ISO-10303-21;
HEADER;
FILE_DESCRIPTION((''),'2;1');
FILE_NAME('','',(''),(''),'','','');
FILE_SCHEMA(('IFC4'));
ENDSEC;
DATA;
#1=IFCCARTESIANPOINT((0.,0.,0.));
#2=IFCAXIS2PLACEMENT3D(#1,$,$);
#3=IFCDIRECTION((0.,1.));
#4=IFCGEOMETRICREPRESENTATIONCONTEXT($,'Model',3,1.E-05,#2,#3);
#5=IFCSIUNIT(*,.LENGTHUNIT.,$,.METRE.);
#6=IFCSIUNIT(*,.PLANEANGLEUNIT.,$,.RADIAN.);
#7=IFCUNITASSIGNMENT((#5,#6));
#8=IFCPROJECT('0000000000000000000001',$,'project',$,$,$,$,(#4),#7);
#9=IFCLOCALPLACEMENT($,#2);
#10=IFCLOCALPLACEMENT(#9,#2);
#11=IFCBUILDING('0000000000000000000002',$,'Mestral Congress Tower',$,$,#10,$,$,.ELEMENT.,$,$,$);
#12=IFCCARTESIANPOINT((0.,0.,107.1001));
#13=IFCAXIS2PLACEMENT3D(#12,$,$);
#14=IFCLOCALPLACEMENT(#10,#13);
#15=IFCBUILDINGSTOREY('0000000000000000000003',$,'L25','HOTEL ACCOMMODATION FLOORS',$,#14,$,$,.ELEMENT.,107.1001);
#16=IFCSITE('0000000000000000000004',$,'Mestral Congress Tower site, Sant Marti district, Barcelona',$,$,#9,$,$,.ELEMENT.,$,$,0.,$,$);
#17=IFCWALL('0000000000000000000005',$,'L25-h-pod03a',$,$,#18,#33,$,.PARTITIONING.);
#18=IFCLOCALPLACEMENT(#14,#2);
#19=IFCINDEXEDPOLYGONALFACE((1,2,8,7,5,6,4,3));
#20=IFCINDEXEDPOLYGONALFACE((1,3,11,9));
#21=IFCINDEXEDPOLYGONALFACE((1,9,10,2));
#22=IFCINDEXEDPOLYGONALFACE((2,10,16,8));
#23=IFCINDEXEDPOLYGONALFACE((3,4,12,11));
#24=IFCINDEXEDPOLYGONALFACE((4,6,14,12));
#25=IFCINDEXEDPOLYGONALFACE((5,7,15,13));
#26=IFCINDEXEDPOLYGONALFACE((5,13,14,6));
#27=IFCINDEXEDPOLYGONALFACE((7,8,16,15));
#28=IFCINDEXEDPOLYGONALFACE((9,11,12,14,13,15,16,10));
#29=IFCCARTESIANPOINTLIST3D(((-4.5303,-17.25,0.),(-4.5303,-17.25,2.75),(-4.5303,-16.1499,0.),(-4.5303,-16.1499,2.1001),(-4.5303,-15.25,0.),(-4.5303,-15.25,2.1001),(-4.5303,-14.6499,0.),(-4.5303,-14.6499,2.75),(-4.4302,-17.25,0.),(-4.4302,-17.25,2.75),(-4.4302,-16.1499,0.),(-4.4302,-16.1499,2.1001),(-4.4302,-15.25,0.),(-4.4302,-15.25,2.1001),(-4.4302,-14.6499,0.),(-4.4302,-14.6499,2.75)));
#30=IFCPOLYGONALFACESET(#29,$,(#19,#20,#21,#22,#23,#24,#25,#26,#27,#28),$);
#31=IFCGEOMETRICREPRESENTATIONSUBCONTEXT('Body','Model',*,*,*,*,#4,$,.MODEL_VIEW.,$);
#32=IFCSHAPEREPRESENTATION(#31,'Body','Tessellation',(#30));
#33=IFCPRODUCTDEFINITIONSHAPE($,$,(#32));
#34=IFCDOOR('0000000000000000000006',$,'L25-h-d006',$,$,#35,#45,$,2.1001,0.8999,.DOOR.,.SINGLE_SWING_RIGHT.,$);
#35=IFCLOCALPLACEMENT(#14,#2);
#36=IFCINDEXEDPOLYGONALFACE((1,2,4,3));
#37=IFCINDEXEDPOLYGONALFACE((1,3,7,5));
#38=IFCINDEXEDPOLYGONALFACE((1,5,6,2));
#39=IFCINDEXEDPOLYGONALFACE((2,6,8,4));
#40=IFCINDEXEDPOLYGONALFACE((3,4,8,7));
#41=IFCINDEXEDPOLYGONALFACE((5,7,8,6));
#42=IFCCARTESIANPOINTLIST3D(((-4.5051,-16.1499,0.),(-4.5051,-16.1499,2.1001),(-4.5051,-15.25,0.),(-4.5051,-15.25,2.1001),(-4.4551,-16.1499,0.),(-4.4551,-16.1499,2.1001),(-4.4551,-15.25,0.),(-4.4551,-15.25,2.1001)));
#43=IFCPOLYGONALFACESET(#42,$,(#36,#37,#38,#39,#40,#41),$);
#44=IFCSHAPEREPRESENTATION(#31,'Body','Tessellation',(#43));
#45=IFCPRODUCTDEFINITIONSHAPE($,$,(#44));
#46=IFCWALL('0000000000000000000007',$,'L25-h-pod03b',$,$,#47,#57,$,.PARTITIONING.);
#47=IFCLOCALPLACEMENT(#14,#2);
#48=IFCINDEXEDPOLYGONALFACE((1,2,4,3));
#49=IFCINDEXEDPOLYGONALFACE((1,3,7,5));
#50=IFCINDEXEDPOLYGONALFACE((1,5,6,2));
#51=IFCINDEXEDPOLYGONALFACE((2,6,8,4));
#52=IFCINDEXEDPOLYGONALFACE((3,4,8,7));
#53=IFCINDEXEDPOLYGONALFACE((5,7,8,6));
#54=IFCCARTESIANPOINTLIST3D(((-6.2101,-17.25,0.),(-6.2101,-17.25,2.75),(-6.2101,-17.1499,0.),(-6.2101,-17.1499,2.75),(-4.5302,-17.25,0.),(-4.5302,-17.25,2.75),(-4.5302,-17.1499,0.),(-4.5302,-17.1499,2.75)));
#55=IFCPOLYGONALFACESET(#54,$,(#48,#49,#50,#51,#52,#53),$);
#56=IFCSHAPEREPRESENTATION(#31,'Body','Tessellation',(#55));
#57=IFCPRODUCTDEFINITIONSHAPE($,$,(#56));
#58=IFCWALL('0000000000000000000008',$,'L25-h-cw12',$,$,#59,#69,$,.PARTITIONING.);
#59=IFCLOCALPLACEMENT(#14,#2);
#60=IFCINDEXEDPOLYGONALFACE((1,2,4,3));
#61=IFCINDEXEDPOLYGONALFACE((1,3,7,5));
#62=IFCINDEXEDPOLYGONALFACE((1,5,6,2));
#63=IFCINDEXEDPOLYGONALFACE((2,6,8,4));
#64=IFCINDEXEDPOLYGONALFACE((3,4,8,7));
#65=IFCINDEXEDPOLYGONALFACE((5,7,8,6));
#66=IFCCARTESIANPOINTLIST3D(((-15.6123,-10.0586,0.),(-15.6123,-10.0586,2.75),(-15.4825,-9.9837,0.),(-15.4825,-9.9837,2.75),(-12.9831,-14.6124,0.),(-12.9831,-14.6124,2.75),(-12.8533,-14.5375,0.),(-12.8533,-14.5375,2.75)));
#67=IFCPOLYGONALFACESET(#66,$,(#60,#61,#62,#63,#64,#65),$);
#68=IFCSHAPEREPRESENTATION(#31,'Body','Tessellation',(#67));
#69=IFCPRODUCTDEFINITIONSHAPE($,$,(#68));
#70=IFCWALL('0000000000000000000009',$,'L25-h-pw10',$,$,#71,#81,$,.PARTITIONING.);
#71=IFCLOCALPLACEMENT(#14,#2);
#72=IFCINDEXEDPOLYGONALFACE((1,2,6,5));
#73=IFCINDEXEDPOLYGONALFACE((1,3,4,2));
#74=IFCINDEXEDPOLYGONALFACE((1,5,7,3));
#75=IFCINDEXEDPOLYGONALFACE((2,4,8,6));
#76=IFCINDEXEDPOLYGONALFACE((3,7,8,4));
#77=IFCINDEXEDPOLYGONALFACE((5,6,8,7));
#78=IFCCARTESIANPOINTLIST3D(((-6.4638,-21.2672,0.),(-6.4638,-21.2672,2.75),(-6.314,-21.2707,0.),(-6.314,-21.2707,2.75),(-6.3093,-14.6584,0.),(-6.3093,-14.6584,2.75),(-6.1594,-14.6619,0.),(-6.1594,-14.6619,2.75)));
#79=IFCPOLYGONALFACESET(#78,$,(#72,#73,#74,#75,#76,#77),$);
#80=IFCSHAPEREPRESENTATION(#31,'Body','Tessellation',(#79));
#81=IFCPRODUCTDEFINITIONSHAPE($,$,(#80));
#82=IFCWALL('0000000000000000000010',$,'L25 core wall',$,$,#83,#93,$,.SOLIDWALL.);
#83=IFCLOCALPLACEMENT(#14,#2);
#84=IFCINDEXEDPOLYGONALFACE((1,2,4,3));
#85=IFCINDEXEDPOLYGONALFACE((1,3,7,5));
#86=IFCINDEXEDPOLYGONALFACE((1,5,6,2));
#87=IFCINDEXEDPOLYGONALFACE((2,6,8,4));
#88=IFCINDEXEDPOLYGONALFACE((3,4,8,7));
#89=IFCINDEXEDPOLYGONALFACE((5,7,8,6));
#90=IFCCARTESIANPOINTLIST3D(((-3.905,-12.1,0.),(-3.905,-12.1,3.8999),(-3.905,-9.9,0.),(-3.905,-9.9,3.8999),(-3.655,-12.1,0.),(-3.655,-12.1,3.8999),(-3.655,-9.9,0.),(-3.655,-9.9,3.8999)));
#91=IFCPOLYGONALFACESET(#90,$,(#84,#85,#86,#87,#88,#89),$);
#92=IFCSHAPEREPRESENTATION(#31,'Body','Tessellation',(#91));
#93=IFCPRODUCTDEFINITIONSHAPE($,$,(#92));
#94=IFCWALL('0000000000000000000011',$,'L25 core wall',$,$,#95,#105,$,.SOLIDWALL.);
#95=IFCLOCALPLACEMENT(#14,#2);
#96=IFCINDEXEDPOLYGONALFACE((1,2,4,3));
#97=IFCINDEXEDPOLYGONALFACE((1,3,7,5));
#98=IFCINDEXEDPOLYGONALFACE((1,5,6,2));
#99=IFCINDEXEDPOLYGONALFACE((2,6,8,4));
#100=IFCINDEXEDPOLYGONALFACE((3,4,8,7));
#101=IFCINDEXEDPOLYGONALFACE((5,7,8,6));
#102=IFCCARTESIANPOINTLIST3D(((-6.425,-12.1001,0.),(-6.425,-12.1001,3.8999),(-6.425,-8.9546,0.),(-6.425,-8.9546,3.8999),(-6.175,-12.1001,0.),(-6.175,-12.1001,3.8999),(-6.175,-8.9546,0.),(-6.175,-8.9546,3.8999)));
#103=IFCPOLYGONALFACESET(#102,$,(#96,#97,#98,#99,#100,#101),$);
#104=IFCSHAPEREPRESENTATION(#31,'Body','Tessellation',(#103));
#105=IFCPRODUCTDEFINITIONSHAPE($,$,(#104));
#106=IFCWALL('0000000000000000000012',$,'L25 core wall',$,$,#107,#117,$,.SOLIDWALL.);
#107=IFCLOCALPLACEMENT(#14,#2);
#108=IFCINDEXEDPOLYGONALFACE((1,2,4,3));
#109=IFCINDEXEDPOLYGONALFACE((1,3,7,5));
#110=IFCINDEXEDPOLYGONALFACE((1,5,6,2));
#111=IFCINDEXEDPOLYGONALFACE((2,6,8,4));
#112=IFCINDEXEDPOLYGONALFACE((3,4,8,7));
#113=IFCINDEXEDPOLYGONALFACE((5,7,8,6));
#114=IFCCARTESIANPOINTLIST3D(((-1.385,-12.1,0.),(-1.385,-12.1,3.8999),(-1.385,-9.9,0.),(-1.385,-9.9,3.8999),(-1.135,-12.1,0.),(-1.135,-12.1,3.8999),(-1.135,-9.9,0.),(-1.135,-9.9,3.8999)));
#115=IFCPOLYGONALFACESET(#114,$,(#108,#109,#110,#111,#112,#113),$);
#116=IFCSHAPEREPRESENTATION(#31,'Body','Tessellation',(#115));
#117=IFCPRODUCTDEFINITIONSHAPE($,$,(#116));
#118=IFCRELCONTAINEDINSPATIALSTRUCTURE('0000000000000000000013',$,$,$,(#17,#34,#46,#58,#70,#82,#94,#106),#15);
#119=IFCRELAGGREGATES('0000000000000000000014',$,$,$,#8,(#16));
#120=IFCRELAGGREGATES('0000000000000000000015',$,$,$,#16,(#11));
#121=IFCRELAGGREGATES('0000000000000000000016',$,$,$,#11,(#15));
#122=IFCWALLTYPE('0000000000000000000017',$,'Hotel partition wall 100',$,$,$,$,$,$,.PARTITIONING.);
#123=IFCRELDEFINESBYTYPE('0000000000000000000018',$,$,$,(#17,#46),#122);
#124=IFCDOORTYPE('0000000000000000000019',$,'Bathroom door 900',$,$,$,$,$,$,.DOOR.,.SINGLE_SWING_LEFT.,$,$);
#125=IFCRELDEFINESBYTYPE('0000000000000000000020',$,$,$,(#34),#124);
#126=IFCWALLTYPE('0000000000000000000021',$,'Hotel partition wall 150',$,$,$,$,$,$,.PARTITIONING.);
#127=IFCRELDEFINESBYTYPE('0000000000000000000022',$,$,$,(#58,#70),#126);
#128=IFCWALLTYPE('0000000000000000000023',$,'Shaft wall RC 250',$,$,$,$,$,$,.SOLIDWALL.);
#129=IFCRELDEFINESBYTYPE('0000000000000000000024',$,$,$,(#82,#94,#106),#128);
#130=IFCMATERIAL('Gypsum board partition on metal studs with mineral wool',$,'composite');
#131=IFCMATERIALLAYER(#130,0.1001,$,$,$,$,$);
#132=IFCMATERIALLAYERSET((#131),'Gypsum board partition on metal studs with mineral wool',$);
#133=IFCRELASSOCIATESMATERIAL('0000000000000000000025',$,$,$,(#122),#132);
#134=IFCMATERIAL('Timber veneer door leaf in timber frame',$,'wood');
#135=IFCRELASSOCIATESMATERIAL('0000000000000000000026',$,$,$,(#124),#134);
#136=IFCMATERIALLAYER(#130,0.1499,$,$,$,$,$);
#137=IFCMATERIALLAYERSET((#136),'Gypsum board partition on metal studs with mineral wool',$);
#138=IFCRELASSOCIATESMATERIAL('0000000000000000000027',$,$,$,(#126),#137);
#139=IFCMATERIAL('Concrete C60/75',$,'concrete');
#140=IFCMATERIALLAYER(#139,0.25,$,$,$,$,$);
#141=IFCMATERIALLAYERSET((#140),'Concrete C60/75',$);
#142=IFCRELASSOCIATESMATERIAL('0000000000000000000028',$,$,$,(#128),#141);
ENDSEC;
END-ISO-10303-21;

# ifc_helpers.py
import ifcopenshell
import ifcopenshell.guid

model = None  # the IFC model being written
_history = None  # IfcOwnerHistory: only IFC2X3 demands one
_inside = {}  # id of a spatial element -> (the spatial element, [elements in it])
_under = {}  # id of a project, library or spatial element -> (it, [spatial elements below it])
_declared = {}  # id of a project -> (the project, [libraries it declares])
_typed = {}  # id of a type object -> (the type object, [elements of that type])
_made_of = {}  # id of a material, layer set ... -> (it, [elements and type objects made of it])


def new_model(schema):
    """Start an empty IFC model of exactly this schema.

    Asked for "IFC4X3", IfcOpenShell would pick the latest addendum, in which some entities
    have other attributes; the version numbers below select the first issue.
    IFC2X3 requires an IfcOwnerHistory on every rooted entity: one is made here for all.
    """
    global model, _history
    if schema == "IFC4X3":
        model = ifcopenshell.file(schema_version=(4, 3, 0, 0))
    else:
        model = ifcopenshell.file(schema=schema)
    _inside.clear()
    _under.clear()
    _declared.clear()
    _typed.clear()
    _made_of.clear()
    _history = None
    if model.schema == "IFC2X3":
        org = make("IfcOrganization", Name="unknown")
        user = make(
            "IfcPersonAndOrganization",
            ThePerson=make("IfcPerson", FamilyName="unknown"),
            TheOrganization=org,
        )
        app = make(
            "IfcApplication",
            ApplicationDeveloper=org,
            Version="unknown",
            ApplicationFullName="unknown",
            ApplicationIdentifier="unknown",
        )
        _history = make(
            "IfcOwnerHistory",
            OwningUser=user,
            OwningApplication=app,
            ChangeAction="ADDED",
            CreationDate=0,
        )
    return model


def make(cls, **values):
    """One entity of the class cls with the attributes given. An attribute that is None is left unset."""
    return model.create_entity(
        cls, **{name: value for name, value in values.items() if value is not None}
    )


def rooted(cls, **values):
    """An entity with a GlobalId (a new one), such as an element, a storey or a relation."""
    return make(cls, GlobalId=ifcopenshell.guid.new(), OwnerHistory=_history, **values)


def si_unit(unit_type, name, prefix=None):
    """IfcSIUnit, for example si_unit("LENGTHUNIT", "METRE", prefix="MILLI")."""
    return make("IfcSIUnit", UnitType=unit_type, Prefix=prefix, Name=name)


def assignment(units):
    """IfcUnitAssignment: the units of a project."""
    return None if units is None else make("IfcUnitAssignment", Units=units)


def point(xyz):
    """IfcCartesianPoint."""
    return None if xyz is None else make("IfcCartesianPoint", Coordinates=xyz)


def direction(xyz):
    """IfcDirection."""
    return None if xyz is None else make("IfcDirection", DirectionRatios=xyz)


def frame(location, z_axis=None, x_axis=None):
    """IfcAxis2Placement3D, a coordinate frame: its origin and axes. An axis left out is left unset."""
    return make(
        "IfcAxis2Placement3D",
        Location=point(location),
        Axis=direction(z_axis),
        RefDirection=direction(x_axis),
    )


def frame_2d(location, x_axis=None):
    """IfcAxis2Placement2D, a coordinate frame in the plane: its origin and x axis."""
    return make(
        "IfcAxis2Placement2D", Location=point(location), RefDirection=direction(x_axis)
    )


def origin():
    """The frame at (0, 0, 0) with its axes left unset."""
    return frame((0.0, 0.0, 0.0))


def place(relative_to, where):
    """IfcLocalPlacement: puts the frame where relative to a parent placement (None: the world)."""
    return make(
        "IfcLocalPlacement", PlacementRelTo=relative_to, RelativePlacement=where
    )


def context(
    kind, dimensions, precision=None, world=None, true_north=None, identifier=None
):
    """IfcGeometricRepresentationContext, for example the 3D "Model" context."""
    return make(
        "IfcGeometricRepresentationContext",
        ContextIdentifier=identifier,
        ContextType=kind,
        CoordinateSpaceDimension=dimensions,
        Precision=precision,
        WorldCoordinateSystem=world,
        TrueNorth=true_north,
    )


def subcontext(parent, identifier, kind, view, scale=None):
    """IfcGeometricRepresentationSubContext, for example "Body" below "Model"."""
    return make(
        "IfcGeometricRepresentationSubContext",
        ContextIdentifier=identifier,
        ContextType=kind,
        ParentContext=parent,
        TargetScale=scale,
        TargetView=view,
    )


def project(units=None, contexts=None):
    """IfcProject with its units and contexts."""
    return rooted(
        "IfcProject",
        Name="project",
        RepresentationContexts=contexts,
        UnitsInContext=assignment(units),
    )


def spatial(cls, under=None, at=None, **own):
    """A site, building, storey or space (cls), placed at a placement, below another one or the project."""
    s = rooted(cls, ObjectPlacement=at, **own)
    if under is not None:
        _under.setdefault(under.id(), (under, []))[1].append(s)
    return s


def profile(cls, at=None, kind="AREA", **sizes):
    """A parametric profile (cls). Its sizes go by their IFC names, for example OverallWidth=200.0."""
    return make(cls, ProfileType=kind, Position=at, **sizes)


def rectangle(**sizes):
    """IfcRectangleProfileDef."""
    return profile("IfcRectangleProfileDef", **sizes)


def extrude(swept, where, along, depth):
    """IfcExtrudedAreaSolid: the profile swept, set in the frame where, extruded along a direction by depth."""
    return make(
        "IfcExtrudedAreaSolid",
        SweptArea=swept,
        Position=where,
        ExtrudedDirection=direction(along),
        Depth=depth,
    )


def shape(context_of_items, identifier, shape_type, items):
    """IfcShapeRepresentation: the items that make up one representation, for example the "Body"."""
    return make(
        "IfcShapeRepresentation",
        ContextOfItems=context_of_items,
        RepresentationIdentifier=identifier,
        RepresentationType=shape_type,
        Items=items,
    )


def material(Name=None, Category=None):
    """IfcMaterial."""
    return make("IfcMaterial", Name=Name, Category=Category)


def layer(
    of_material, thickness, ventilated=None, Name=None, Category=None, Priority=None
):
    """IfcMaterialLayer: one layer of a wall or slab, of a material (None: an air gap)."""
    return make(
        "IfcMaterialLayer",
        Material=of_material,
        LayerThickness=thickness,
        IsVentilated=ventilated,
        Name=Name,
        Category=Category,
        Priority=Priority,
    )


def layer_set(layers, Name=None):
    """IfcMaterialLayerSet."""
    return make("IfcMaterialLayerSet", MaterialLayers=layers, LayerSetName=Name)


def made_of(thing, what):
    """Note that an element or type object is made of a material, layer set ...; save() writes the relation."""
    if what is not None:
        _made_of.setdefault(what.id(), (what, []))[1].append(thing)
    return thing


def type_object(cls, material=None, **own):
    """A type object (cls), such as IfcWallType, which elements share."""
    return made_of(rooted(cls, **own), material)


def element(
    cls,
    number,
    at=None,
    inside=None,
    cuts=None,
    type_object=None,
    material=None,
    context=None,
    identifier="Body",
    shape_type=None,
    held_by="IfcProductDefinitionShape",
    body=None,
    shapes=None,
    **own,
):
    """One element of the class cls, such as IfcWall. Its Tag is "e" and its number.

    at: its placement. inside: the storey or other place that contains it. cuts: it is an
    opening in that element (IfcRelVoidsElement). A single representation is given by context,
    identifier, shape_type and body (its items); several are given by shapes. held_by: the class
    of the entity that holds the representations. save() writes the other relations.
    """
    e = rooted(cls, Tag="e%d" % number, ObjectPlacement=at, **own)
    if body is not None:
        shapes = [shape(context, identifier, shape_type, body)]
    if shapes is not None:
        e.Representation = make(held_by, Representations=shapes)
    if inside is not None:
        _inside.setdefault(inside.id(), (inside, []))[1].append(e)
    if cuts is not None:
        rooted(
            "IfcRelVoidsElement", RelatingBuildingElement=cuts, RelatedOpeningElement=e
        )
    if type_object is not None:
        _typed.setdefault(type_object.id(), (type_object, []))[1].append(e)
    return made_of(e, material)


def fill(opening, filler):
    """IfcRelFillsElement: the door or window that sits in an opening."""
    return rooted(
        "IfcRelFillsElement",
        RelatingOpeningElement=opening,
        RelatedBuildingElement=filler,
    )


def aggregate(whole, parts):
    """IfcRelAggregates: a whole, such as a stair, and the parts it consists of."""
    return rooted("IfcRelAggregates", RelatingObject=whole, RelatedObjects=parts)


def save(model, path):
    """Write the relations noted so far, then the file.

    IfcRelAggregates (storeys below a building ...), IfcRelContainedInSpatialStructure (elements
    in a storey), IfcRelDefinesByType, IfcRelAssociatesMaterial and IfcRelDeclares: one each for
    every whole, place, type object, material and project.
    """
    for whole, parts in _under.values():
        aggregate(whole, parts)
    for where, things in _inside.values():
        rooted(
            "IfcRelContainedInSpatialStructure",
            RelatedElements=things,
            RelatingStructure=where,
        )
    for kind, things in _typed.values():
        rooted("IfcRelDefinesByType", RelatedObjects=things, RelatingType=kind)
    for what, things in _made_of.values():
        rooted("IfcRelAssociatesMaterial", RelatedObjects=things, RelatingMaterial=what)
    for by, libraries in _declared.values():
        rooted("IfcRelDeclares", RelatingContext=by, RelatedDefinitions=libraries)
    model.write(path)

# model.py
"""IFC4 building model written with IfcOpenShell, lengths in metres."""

from ifc_helpers import new_model, si_unit, direction, frame, frame_2d, origin, place, context, subcontext, project, spatial, rectangle, extrude, material, layer, layer_set, type_object, element, fill, save


model = new_model("IFC4")

# Units and contexts
model_context = context("Model", 3, precision=1e-05, world=origin(), true_north=direction((0.0, 1.0)))
body_context = subcontext(model_context, "Body", "Model", "MODEL_VIEW")
ifc_project = project(units=[si_unit("LENGTHUNIT", "METRE"), si_unit("PLANEANGLEUNIT", "RADIAN")], contexts=[model_context])

# Site, building, storey
site_placement = place(None, origin())
site = spatial("IfcSite", under=ifc_project, at=site_placement, Name="Mestral Congress Tower site, Sant Marti district, Barcelona", CompositionType="ELEMENT", RefElevation=0.0)
building_placement = place(site_placement, origin())
building = spatial("IfcBuilding", under=site, at=building_placement, Name="Mestral Congress Tower", CompositionType="ELEMENT")
storey_placement = place(building_placement, frame((0.0, 0.0, 107.1001)))
storey = spatial("IfcBuildingStorey", under=building, at=storey_placement, Name="L25", Description="HOTEL ACCOMMODATION FLOORS", CompositionType="ELEMENT", Elevation=107.1001)

# Shared definitions
ifc_material_1 = material(Name="Concrete C60/75", Category="concrete")

# Shared definitions
ifc_material_2 = material(Name="Gypsum board partition on metal studs with mineral wool", Category="composite")
ifc_layer_1 = layer(ifc_material_2, 0.1001)
ifc_layer_set_1 = layer_set([ifc_layer_1], Name="Gypsum board partition on metal studs with mineral wool")
wall_type_1 = type_object("IfcWallType", Name="Hotel partition wall 100", PredefinedType="PARTITIONING", material=ifc_layer_set_1)
ifc_material_3 = material(Name="Timber veneer door leaf in timber frame", Category="wood")
door_type = type_object("IfcDoorType", Name="Bathroom door 900", OperationType="SINGLE_SWING_LEFT", PredefinedType="DOOR", material=ifc_material_3)

# Wall, opening, door
wall_1_placement = place(storey_placement, frame((-4.4802, -17.25, 0.0), z_axis=(0.0, 0.0, 1.0), x_axis=(0.0, 1.0, 0.0)))
wall_1 = element("IfcWall", 1, at=wall_1_placement, inside=storey, type_object=wall_type_1, Name="L25-h-pod03a", PredefinedType="PARTITIONING", context=body_context, shape_type="SweptSolid", body=[
    extrude(rectangle(XDim=2.6001, YDim=0.1001, at=frame_2d((1.3, 0.0))), origin(), (0.0, 0.0, 1.0), 2.75),
])
opening_1_placement = place(wall_1_placement, frame((1.1001, 0.0, 0.0)))
opening_1 = element("IfcOpeningElement", 2, at=opening_1_placement, cuts=wall_1, PredefinedType="OPENING", context=body_context, shape_type="SweptSolid", body=[
    extrude(rectangle(XDim=0.8999, YDim=2.1001, at=frame_2d((0.45, 1.05))), frame((0.0, 0.0601, 0.0), z_axis=(0.0, -1.0, 0.0), x_axis=(1.0, 0.0, 0.0)), (0.0, 0.0, 1.0), 0.1201),
])
door_1_placement = place(opening_1_placement, origin())
door_1 = element("IfcDoor", 3, at=door_1_placement, inside=storey, type_object=door_type, Name="L25-h-d006", OperationType="SINGLE_SWING_RIGHT", OverallHeight=2.1001, OverallWidth=0.8999, PredefinedType="DOOR", context=body_context, shape_type="SweptSolid", body=[
    extrude(rectangle(XDim=0.8999, YDim=2.1001, at=frame_2d((0.45, 1.05))), frame((0.0, 0.0249, 0.0), z_axis=(0.0, -1.0, 0.0), x_axis=(1.0, 0.0, 0.0)), (0.0, 0.0, 1.0), 0.05),
])
fill(opening_1, door_1)

# Walls
wall_2_placement = place(storey_placement, frame((-4.5303, -17.2, 0.0), z_axis=(0.0, 0.0, 1.0), x_axis=(-1.0, 0.0, 0.0)))
element("IfcWall", 4, at=wall_2_placement, inside=storey, type_object=wall_type_1, Name="L25-h-pod03b", PredefinedType="PARTITIONING", context=body_context, shape_type="SweptSolid", body=[
    extrude(rectangle(XDim=1.6799, YDim=0.1001, at=frame_2d((0.8398, 0.0))), origin(), (0.0, 0.0, 1.0), 2.75),
])
ifc_layer_2 = layer(ifc_material_2, 0.1499)
ifc_layer_set_2 = layer_set([ifc_layer_2], Name="Gypsum board partition on metal studs with mineral wool")
wall_type_2 = type_object("IfcWallType", Name="Hotel partition wall 150", PredefinedType="PARTITIONING", material=ifc_layer_set_2)
wall_3_placement = place(storey_placement, frame((-12.9182, -14.575, 0.0), z_axis=(0.0, 0.0, 1.0), x_axis=(-0.500009, 0.86602, 0.0)))
element("IfcWall", 5, at=wall_3_placement, inside=storey, type_object=wall_type_2, Name="L25-h-cw12", PredefinedType="PARTITIONING", context=body_context, shape_type="SweptSolid", body=[
    extrude(rectangle(XDim=5.2583, YDim=0.1499, at=frame_2d((2.6292, 0.0))), origin(), (0.0, 0.0, 1.0), 2.75),
])
wall_4_placement = place(storey_placement, frame((-6.3889, -21.2688, 0.0), z_axis=(0.0, 0.0, 1.0), x_axis=(0.023377, 0.999727, 0.0)))
element("IfcWall", 6, at=wall_4_placement, inside=storey, type_object=wall_type_2, Name="L25-h-pw10", PredefinedType="PARTITIONING", context=body_context, shape_type="SweptSolid", body=[
    extrude(rectangle(XDim=6.6106, YDim=0.1499, at=frame_2d((3.3052, 0.0))), origin(), (0.0, 0.0, 1.0), 2.75),
])
ifc_layer_3 = layer(ifc_material_1, 0.25)
ifc_layer_set_3 = layer_set([ifc_layer_3], Name="Concrete C60/75")
wall_type_3 = type_object("IfcWallType", Name="Shaft wall RC 250", PredefinedType="SOLIDWALL", material=ifc_layer_set_3)
wall_5_placement = place(storey_placement, frame((-3.78, -12.1001, 0.0), z_axis=(0.0, 0.0, 1.0), x_axis=(0.0, 1.0, 0.0)))
element("IfcWall", 7, at=wall_5_placement, inside=storey, type_object=wall_type_3, Name="L25 core wall", PredefinedType="SOLIDWALL", context=body_context, shape_type="SweptSolid", body=[
    extrude(rectangle(XDim=2.2, YDim=0.25, at=frame_2d((1.1001, 0.0))), origin(), (0.0, 0.0, 1.0), 3.8999),
])
wall_6_placement = place(storey_placement, frame((-6.3, -12.1001, 0.0), z_axis=(0.0, 0.0, 1.0), x_axis=(0.0, 1.0, 0.0)))
element("IfcWall", 8, at=wall_6_placement, inside=storey, type_object=wall_type_3, Name="L25 core wall", PredefinedType="SOLIDWALL", context=body_context, shape_type="SweptSolid", body=[
    extrude(rectangle(XDim=3.1455, YDim=0.25, at=frame_2d((1.5728, 0.0))), origin(), (0.0, 0.0, 1.0), 3.8999),
])
wall_7_placement = place(storey_placement, frame((-1.26, -12.1001, 0.0), z_axis=(0.0, 0.0, 1.0), x_axis=(0.0, 1.0, 0.0)))
element("IfcWall", 9, at=wall_7_placement, inside=storey, type_object=wall_type_3, Name="L25 core wall", PredefinedType="SOLIDWALL", context=body_context, shape_type="SweptSolid", body=[
    extrude(rectangle(XDim=2.2, YDim=0.25, at=frame_2d((1.1001, 0.0))), origin(), (0.0, 0.0, 1.0), 3.8999),
])

save(model, "model.ifc")
